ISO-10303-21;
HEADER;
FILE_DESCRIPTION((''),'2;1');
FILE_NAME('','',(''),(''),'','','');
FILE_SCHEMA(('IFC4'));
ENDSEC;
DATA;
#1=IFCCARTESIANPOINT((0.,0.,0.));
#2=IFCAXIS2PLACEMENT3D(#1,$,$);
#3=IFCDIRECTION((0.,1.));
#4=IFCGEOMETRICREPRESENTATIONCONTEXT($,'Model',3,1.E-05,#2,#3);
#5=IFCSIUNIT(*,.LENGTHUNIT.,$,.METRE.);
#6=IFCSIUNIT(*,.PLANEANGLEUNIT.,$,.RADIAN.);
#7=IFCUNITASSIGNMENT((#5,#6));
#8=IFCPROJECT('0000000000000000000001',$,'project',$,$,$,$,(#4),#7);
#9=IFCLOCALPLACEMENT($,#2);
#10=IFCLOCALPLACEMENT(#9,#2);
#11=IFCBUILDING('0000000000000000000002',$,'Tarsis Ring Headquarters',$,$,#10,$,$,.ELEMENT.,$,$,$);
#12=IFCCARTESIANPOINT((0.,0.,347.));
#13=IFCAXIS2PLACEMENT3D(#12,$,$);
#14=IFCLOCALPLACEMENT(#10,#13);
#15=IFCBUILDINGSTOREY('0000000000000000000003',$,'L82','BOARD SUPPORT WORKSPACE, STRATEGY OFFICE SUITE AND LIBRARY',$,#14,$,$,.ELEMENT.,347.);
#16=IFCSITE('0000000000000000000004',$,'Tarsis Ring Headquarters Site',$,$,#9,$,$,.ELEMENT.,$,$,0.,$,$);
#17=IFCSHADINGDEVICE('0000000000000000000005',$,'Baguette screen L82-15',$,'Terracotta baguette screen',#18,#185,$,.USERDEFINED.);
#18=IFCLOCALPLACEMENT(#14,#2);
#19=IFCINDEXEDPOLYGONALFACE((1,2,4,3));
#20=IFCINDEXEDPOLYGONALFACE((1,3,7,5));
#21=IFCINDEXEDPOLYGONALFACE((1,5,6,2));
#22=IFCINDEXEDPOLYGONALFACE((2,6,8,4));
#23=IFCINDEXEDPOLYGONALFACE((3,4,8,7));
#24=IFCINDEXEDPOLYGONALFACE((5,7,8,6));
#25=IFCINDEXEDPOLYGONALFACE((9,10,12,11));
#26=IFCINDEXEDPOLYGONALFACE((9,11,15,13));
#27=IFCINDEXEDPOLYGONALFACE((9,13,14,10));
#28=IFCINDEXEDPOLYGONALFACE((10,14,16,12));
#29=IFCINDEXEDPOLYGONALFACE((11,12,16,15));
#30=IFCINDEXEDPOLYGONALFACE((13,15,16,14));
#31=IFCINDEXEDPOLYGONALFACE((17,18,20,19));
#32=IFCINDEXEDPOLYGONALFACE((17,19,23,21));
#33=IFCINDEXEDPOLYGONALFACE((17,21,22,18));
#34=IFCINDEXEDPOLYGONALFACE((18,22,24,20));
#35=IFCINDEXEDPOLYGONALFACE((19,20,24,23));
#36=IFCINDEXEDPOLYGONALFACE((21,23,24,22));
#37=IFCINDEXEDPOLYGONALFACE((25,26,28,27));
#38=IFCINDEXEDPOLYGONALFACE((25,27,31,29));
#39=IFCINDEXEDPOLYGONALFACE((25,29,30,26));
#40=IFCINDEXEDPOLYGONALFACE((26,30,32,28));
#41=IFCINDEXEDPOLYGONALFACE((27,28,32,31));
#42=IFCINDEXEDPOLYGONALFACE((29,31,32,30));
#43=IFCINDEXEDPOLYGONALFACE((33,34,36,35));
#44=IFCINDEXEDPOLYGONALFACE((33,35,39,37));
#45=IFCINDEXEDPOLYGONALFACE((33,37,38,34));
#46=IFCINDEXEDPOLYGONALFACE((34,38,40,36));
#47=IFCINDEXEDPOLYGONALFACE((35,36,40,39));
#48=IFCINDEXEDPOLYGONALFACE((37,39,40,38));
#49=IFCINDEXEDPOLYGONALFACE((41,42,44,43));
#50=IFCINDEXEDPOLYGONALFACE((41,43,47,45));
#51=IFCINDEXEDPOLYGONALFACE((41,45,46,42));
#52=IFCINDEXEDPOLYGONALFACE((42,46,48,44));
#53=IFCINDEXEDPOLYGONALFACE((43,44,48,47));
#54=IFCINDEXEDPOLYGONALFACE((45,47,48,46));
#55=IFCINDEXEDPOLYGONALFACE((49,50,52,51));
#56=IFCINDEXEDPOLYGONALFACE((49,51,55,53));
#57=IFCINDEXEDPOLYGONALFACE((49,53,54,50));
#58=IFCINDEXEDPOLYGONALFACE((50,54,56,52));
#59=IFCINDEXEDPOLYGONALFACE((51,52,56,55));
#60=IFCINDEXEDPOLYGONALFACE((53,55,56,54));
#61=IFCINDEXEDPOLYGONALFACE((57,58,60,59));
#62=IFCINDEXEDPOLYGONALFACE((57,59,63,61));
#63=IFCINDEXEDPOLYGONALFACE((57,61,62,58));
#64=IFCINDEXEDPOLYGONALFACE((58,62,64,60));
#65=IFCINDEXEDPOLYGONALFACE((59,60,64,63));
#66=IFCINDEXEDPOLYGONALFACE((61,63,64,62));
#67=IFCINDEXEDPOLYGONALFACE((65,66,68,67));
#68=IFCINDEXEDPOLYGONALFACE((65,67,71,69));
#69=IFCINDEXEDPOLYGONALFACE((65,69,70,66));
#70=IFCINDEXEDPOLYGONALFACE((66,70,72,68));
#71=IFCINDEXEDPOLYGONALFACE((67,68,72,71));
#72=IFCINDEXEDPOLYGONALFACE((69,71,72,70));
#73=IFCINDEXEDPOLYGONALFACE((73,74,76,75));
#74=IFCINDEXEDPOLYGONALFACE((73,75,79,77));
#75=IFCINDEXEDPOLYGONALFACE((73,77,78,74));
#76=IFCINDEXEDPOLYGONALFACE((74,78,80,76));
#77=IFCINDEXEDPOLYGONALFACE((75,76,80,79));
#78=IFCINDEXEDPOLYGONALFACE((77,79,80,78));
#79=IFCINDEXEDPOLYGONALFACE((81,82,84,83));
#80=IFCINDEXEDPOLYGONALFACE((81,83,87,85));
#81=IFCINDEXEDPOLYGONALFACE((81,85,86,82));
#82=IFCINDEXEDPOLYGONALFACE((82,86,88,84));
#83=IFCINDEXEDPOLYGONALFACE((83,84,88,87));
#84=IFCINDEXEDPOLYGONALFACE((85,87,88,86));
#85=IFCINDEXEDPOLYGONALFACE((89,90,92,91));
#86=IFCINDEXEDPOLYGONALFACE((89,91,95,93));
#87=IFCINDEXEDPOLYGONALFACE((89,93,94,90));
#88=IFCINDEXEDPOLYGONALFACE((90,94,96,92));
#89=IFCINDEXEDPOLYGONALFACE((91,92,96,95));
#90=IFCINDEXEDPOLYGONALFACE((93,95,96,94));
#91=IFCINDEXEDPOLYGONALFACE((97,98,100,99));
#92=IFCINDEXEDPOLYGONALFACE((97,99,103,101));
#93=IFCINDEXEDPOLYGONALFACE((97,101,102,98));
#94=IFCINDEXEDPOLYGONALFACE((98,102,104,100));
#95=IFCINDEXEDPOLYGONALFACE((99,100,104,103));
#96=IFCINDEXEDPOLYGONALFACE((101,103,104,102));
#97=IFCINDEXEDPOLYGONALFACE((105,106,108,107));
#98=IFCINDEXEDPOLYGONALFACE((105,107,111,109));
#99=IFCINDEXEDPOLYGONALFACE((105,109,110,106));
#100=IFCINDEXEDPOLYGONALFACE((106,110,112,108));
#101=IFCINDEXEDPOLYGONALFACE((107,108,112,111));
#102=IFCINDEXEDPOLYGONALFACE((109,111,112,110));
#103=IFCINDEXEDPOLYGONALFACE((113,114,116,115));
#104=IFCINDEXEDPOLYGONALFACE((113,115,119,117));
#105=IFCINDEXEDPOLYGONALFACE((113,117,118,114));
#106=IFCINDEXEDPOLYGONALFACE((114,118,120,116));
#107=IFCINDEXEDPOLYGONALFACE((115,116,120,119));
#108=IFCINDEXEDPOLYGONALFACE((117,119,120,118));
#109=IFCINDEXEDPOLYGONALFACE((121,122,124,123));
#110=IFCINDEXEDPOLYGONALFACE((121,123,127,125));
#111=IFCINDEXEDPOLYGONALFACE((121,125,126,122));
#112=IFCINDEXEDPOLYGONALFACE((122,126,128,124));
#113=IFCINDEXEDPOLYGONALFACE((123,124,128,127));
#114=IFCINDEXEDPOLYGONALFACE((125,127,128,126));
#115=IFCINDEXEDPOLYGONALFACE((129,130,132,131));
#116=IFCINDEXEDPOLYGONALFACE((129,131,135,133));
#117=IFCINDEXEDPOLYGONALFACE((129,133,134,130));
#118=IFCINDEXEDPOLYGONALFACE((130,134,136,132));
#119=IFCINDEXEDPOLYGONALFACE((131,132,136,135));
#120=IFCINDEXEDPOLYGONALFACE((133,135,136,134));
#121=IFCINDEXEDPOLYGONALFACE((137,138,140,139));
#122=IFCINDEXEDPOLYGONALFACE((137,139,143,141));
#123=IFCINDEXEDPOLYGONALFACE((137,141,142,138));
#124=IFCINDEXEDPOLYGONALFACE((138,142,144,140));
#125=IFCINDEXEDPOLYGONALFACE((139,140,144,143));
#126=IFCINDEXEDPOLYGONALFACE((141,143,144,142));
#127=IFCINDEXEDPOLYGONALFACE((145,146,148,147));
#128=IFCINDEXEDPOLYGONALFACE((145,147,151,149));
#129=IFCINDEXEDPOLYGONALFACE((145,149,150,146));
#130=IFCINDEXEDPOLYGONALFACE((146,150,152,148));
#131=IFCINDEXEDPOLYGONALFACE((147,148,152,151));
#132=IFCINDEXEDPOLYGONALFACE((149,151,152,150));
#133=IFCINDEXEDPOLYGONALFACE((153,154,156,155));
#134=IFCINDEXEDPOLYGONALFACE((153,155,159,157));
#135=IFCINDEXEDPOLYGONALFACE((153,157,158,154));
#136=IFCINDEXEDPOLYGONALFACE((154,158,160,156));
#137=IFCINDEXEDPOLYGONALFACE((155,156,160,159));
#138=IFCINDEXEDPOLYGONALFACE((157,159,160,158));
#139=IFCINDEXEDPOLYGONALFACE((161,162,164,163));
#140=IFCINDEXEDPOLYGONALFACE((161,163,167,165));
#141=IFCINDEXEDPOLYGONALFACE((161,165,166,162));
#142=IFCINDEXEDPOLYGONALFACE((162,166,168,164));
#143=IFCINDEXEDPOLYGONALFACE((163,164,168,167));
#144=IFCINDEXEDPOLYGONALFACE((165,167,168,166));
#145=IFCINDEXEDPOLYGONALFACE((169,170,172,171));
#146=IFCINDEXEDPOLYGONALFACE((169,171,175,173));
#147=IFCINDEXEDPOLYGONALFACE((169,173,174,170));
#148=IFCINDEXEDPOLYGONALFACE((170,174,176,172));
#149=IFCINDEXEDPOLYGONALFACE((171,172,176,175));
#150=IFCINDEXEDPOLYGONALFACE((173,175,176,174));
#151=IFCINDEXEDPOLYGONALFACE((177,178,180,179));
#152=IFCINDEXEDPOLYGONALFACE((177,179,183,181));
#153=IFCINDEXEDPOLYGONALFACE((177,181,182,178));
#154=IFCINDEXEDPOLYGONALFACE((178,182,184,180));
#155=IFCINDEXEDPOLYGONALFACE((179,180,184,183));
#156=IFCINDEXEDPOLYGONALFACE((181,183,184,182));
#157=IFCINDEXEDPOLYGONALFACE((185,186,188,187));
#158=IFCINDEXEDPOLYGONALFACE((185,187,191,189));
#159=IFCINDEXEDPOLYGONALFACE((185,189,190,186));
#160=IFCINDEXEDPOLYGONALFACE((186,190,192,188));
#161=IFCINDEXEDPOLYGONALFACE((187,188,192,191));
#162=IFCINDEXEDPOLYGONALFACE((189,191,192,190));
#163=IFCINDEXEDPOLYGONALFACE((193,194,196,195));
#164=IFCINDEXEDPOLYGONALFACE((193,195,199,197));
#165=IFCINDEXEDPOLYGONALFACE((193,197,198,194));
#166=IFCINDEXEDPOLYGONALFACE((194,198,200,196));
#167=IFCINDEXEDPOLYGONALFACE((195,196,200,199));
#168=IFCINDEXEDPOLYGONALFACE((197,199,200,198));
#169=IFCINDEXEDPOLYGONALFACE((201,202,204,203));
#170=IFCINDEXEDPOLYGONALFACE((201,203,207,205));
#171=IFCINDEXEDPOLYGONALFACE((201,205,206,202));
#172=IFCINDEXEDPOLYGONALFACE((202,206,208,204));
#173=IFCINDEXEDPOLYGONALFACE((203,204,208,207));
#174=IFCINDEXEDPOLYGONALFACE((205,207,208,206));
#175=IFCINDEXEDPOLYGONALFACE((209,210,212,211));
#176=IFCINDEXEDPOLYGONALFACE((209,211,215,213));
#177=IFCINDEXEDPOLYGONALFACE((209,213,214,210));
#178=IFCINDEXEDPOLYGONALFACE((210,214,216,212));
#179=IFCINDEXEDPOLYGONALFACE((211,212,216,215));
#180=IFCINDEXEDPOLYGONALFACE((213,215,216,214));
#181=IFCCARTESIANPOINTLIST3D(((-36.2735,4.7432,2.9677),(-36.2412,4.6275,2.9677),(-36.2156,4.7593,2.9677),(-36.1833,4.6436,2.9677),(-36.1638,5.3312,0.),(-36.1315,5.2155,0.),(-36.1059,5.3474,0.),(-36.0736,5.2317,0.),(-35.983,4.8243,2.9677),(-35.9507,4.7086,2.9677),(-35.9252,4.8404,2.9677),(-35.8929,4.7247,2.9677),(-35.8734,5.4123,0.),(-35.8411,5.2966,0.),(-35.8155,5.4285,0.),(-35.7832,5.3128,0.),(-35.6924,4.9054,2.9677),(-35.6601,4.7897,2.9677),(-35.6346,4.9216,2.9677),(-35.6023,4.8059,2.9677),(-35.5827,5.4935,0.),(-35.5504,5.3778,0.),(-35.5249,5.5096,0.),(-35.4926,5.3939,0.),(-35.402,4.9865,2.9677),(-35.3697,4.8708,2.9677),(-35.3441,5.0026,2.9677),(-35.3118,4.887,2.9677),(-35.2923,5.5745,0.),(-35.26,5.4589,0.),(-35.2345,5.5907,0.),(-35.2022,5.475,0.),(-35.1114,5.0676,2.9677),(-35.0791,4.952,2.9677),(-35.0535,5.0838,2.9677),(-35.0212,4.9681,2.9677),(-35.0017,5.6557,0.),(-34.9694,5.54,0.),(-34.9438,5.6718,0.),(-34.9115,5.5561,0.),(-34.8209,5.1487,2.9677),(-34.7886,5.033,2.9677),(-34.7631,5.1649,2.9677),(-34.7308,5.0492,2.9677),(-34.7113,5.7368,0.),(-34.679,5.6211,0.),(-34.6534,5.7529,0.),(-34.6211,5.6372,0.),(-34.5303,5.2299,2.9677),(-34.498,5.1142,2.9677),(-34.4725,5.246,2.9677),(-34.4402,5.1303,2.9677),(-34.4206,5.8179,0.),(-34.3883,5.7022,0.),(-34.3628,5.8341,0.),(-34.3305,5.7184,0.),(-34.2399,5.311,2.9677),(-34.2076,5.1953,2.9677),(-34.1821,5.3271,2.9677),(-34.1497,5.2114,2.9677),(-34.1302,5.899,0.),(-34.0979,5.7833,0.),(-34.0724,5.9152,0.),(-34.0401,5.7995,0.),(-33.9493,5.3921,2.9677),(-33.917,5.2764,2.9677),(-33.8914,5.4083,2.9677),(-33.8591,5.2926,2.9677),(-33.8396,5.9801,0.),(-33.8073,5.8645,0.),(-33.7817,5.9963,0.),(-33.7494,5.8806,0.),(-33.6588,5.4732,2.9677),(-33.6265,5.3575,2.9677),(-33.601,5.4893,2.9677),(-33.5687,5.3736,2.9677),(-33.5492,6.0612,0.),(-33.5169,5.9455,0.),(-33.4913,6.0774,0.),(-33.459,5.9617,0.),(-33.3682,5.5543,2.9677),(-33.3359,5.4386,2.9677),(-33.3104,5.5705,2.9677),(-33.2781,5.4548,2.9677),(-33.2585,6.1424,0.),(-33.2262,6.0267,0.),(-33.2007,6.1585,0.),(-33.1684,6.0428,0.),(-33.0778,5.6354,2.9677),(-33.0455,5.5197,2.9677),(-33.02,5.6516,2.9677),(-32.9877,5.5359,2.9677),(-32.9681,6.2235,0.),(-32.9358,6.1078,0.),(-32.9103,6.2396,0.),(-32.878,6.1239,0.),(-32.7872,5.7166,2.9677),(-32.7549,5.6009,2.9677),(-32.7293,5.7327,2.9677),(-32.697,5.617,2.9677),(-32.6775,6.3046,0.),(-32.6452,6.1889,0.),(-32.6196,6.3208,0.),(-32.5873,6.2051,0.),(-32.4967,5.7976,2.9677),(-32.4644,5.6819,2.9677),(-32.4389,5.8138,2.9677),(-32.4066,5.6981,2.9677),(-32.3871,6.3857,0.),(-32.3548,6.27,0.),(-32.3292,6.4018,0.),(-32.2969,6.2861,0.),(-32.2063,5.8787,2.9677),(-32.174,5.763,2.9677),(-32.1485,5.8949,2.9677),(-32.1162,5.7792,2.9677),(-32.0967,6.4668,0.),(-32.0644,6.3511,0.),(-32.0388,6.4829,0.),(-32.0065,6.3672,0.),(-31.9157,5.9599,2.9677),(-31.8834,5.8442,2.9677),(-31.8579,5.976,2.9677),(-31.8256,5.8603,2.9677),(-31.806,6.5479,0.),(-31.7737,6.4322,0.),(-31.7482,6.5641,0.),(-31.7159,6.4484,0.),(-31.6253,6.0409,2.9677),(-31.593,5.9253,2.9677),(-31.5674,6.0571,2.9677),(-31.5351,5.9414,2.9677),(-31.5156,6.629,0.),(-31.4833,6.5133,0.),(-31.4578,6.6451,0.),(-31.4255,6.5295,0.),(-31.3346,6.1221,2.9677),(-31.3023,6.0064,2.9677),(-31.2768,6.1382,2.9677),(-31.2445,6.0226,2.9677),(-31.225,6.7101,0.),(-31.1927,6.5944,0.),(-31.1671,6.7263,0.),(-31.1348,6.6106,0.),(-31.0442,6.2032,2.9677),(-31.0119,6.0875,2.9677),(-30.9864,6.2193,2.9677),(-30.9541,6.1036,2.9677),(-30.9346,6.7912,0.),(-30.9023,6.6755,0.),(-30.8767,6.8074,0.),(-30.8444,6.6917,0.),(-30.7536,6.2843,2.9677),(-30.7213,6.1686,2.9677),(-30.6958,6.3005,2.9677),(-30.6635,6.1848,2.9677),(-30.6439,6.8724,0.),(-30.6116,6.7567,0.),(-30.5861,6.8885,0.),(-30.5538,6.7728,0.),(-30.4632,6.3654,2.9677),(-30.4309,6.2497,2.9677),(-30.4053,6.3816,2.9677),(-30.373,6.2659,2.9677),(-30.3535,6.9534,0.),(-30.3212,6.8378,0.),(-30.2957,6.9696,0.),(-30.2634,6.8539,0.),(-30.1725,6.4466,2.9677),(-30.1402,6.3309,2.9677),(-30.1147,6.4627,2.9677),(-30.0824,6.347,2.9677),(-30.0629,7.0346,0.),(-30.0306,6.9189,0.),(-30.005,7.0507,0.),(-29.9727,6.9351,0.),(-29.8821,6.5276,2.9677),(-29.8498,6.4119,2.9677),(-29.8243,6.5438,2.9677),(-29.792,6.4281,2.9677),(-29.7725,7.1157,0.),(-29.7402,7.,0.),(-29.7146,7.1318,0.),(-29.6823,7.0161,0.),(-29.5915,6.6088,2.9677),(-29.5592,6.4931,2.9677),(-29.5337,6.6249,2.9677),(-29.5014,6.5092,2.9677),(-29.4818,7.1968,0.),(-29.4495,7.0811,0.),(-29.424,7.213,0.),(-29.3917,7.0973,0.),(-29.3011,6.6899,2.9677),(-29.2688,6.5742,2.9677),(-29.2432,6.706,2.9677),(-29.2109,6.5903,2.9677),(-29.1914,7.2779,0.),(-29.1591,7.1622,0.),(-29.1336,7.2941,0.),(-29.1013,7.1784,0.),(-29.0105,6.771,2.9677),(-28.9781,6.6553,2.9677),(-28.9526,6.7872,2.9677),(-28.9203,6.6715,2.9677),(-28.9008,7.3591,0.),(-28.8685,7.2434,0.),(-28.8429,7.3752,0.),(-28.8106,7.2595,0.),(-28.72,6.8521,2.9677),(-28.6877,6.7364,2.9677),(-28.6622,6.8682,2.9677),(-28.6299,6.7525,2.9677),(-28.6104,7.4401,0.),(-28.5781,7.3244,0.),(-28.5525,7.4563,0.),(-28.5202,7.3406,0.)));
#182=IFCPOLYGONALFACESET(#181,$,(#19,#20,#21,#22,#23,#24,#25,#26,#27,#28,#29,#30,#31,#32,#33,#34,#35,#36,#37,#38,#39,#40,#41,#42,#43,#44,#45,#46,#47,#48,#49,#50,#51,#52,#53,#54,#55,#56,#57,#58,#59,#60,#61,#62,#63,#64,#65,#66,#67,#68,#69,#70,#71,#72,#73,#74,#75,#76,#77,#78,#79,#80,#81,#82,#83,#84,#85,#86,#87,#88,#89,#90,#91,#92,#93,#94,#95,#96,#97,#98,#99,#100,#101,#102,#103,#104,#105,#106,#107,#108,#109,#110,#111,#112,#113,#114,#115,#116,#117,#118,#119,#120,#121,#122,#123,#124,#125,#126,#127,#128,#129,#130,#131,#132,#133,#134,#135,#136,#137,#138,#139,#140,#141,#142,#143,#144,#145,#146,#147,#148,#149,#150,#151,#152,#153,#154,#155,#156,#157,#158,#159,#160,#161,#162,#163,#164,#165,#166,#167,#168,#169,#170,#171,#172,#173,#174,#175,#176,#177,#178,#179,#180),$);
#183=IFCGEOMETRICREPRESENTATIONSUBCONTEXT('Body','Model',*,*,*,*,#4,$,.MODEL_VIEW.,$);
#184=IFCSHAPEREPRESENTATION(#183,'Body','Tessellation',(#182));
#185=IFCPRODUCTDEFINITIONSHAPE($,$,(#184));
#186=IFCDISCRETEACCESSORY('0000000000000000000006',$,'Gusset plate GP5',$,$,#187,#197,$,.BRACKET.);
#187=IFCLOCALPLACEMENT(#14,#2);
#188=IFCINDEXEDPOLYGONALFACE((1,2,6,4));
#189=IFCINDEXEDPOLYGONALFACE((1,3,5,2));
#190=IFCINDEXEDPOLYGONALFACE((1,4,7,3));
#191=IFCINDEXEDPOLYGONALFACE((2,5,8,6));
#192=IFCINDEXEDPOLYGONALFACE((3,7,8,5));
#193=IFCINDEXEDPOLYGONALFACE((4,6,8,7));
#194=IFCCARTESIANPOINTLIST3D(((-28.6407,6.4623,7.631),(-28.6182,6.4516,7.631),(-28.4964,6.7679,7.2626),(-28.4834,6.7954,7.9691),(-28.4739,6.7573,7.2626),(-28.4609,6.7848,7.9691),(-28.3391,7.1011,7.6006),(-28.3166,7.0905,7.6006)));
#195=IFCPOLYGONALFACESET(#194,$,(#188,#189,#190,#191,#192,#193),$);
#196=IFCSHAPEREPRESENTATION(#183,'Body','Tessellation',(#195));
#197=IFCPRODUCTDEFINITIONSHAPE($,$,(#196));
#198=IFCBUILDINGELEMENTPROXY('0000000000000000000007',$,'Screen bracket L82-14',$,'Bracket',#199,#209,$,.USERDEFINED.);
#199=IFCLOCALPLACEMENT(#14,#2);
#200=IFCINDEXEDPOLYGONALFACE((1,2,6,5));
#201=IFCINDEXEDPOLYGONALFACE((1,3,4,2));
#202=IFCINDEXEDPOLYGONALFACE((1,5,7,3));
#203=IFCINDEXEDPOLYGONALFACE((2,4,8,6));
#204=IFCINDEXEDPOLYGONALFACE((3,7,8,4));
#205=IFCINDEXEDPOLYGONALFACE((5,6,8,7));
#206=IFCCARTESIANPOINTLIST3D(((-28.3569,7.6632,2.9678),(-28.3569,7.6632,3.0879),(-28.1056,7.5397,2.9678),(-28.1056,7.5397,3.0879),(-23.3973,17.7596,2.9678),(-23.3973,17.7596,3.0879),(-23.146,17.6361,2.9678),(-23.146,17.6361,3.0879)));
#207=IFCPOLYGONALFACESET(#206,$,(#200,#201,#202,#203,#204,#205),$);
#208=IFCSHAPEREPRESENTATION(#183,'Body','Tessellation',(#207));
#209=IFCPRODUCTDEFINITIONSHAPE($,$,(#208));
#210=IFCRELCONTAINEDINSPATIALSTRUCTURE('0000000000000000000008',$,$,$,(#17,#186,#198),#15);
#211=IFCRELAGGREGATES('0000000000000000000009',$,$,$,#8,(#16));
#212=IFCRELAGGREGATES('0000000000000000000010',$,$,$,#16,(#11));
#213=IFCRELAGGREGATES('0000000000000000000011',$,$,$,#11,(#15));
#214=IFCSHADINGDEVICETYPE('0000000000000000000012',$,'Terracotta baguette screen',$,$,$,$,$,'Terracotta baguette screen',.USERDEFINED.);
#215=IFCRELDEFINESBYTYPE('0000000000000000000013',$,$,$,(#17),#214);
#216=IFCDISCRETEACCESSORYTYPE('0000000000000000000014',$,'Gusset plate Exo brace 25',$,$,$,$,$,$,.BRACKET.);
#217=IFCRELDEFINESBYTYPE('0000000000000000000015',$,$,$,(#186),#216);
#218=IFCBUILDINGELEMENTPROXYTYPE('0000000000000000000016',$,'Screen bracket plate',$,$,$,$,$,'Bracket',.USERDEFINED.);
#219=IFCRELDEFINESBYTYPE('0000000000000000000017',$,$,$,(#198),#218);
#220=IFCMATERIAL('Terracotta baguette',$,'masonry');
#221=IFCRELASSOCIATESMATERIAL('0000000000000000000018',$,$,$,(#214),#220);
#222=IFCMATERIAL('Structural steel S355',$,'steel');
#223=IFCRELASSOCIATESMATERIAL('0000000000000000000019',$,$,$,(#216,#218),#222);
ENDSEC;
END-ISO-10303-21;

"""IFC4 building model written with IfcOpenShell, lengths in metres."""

from ifc_helpers import new_model, si_unit, direction, frame, frame_2d, origin, origin_2d, place, context, subcontext, project, spatial, rectangle, composite_profile, extrude, material, material_profile, profile_set, type_object, element, save


model = new_model("IFC4")

# Units and contexts
model_context = context("Model", 3, precision=1e-05, world=origin(), true_north=direction((0.0, 1.0)))
body_context = subcontext(model_context, "Body", "Model", "MODEL_VIEW")
ifc_project = project(units=[si_unit("LENGTHUNIT", "METRE"), si_unit("PLANEANGLEUNIT", "RADIAN")], contexts=[model_context])

# Site, building, storey
site_placement = place(None, origin())
site = spatial("IfcSite", under=ifc_project, at=site_placement, Name="Tarsis Ring Headquarters Site", CompositionType="ELEMENT", RefElevation=0.0)
building_placement = place(site_placement, origin())
building = spatial("IfcBuilding", under=site, at=building_placement, Name="Tarsis Ring Headquarters", CompositionType="ELEMENT")
storey_placement = place(building_placement, frame((0.0, 0.0, 347.0)))
storey = spatial("IfcBuildingStorey", under=building, at=storey_placement, Name="L82", Description="BOARD SUPPORT WORKSPACE, STRATEGY OFFICE SUITE AND LIBRARY", CompositionType="ELEMENT", Elevation=347.0)

# Shared definitions
ifc_material_1 = material(Name="Structural steel S355", Category="steel")

# Shading device
ifc_material_2 = material(Name="Terracotta baguette", Category="masonry")
shading_device_type = type_object("IfcShadingDeviceType", Name="Terracotta baguette screen", ElementType="Terracotta baguette screen", PredefinedType="USERDEFINED", material=ifc_material_2)
shading_device_1_placement = place(storey_placement, frame((-28.5364, 7.3984, 0.0), z_axis=(0.0, 0.0, 1.0), x_axis=(-0.963172, -0.268916, 0.0)))
element("IfcShadingDevice", 1, at=shading_device_1_placement, inside=storey, type_object=shading_device_type, Name="Baguette screen L82-15", ObjectType="Terracotta baguette screen", PredefinedType="USERDEFINED", context=body_context, shape_type="SweptSolid", body=[
    extrude(composite_profile([rectangle(XDim=0.0601, YDim=0.1201, at=frame_2d((0.03, 0.0))), rectangle(XDim=0.0601, YDim=0.1201, at=frame_2d((0.3315, 0.0))), rectangle(XDim=0.0601, YDim=0.1201, at=frame_2d((0.6333, 0.0))), rectangle(XDim=0.0601, YDim=0.1201, at=frame_2d((0.9348, 0.0))), rectangle(XDim=0.0601, YDim=0.1201, at=frame_2d((1.2366, 0.0))), rectangle(XDim=0.0601, YDim=0.1201, at=frame_2d((1.5381, 0.0))), rectangle(XDim=0.0601, YDim=0.1201, at=frame_2d((1.8398, 0.0))), rectangle(XDim=0.0601, YDim=0.1201, at=frame_2d((2.1414, 0.0))), rectangle(XDim=0.0601, YDim=0.1201, at=frame_2d((2.4431, 0.0))), rectangle(XDim=0.0601, YDim=0.1201, at=frame_2d((2.7446, 0.0))), rectangle(XDim=0.0601, YDim=0.1201, at=frame_2d((3.0464, 0.0))), rectangle(XDim=0.0601, YDim=0.1201, at=frame_2d((3.3479, 0.0))), rectangle(XDim=0.0601, YDim=0.1201, at=frame_2d((3.6497, 0.0))), rectangle(XDim=0.0601, YDim=0.1201, at=frame_2d((3.9512, 0.0))), rectangle(XDim=0.0601, YDim=0.1201, at=frame_2d((4.2527, 0.0))), rectangle(XDim=0.0601, YDim=0.1201, at=frame_2d((4.5544, 0.0))), rectangle(XDim=0.0601, YDim=0.1201, at=frame_2d((4.856, 0.0))), rectangle(XDim=0.0601, YDim=0.1201, at=frame_2d((5.1577, 0.0))), rectangle(XDim=0.0601, YDim=0.1201, at=frame_2d((5.4592, 0.0))), rectangle(XDim=0.0601, YDim=0.1201, at=frame_2d((5.761, 0.0))), rectangle(XDim=0.0601, YDim=0.1201, at=frame_2d((6.0625, 0.0))), rectangle(XDim=0.0601, YDim=0.1201, at=frame_2d((6.3643, 0.0))), rectangle(XDim=0.0601, YDim=0.1201, at=frame_2d((6.6658, 0.0))), rectangle(XDim=0.0601, YDim=0.1201, at=frame_2d((6.9675, 0.0))), rectangle(XDim=0.0601, YDim=0.1201, at=frame_2d((7.269, 0.0))), rectangle(XDim=0.0601, YDim=0.1201, at=frame_2d((7.5708, 0.0))), rectangle(XDim=0.0601, YDim=0.1201, at=frame_2d((7.8723, 0.0)))]), origin(), (0.087127, 0.177348, 0.980284), 3.0273),
])

# Discrete accessory
ifc_material_profile_1 = material_profile(ifc_material_1, rectangle(XDim=0.0249, YDim=0.5, at=origin_2d()), Name="PL 25x500")
ifc_profile_set_1 = profile_set([ifc_material_profile_1], Name="Structural steel S355")
discrete_accessory_type = type_object("IfcDiscreteAccessoryType", Name="Gusset plate Exo brace 25", PredefinedType="BRACKET", material=ifc_profile_set_1)
discrete_accessory_placement = place(storey_placement, frame((-28.5508, 6.6235, 7.8), z_axis=(0.288589, 0.61136, -0.736855), x_axis=(-0.904311, 0.426875, 0.0)))
element("IfcDiscreteAccessory", 2, at=discrete_accessory_placement, inside=storey, type_object=discrete_accessory_type, Name="Gusset plate GP5", PredefinedType="BRACKET", context=body_context, shape_type="SweptSolid", body=[
    extrude(rectangle(XDim=0.0249, YDim=0.5, at=origin_2d()), origin(), (0.0, 0.0, 1.0), 0.5),
])

# Building element proxy
building_element_proxy_type = type_object("IfcBuildingElementProxyType", Name="Screen bracket plate", ElementType="Bracket", PredefinedType="USERDEFINED", material=ifc_material_1)
proxy_placement = place(storey_placement, frame((-25.7515, 12.6497, 2.9678), z_axis=(0.0, 0.0, 1.0), x_axis=(-0.440899, -0.897557, 0.0)))
element("IfcBuildingElementProxy", 3, at=proxy_placement, inside=storey, type_object=building_element_proxy_type, Name="Screen bracket L82-14", ObjectType="Bracket", PredefinedType="USERDEFINED", context=body_context, shape_type="SweptSolid", body=[
    extrude(rectangle(XDim=11.2488, YDim=0.28, at=origin_2d()), origin(), (0.0, 0.0, 1.0), 0.1201),
])

save(model, "model.ifc")
